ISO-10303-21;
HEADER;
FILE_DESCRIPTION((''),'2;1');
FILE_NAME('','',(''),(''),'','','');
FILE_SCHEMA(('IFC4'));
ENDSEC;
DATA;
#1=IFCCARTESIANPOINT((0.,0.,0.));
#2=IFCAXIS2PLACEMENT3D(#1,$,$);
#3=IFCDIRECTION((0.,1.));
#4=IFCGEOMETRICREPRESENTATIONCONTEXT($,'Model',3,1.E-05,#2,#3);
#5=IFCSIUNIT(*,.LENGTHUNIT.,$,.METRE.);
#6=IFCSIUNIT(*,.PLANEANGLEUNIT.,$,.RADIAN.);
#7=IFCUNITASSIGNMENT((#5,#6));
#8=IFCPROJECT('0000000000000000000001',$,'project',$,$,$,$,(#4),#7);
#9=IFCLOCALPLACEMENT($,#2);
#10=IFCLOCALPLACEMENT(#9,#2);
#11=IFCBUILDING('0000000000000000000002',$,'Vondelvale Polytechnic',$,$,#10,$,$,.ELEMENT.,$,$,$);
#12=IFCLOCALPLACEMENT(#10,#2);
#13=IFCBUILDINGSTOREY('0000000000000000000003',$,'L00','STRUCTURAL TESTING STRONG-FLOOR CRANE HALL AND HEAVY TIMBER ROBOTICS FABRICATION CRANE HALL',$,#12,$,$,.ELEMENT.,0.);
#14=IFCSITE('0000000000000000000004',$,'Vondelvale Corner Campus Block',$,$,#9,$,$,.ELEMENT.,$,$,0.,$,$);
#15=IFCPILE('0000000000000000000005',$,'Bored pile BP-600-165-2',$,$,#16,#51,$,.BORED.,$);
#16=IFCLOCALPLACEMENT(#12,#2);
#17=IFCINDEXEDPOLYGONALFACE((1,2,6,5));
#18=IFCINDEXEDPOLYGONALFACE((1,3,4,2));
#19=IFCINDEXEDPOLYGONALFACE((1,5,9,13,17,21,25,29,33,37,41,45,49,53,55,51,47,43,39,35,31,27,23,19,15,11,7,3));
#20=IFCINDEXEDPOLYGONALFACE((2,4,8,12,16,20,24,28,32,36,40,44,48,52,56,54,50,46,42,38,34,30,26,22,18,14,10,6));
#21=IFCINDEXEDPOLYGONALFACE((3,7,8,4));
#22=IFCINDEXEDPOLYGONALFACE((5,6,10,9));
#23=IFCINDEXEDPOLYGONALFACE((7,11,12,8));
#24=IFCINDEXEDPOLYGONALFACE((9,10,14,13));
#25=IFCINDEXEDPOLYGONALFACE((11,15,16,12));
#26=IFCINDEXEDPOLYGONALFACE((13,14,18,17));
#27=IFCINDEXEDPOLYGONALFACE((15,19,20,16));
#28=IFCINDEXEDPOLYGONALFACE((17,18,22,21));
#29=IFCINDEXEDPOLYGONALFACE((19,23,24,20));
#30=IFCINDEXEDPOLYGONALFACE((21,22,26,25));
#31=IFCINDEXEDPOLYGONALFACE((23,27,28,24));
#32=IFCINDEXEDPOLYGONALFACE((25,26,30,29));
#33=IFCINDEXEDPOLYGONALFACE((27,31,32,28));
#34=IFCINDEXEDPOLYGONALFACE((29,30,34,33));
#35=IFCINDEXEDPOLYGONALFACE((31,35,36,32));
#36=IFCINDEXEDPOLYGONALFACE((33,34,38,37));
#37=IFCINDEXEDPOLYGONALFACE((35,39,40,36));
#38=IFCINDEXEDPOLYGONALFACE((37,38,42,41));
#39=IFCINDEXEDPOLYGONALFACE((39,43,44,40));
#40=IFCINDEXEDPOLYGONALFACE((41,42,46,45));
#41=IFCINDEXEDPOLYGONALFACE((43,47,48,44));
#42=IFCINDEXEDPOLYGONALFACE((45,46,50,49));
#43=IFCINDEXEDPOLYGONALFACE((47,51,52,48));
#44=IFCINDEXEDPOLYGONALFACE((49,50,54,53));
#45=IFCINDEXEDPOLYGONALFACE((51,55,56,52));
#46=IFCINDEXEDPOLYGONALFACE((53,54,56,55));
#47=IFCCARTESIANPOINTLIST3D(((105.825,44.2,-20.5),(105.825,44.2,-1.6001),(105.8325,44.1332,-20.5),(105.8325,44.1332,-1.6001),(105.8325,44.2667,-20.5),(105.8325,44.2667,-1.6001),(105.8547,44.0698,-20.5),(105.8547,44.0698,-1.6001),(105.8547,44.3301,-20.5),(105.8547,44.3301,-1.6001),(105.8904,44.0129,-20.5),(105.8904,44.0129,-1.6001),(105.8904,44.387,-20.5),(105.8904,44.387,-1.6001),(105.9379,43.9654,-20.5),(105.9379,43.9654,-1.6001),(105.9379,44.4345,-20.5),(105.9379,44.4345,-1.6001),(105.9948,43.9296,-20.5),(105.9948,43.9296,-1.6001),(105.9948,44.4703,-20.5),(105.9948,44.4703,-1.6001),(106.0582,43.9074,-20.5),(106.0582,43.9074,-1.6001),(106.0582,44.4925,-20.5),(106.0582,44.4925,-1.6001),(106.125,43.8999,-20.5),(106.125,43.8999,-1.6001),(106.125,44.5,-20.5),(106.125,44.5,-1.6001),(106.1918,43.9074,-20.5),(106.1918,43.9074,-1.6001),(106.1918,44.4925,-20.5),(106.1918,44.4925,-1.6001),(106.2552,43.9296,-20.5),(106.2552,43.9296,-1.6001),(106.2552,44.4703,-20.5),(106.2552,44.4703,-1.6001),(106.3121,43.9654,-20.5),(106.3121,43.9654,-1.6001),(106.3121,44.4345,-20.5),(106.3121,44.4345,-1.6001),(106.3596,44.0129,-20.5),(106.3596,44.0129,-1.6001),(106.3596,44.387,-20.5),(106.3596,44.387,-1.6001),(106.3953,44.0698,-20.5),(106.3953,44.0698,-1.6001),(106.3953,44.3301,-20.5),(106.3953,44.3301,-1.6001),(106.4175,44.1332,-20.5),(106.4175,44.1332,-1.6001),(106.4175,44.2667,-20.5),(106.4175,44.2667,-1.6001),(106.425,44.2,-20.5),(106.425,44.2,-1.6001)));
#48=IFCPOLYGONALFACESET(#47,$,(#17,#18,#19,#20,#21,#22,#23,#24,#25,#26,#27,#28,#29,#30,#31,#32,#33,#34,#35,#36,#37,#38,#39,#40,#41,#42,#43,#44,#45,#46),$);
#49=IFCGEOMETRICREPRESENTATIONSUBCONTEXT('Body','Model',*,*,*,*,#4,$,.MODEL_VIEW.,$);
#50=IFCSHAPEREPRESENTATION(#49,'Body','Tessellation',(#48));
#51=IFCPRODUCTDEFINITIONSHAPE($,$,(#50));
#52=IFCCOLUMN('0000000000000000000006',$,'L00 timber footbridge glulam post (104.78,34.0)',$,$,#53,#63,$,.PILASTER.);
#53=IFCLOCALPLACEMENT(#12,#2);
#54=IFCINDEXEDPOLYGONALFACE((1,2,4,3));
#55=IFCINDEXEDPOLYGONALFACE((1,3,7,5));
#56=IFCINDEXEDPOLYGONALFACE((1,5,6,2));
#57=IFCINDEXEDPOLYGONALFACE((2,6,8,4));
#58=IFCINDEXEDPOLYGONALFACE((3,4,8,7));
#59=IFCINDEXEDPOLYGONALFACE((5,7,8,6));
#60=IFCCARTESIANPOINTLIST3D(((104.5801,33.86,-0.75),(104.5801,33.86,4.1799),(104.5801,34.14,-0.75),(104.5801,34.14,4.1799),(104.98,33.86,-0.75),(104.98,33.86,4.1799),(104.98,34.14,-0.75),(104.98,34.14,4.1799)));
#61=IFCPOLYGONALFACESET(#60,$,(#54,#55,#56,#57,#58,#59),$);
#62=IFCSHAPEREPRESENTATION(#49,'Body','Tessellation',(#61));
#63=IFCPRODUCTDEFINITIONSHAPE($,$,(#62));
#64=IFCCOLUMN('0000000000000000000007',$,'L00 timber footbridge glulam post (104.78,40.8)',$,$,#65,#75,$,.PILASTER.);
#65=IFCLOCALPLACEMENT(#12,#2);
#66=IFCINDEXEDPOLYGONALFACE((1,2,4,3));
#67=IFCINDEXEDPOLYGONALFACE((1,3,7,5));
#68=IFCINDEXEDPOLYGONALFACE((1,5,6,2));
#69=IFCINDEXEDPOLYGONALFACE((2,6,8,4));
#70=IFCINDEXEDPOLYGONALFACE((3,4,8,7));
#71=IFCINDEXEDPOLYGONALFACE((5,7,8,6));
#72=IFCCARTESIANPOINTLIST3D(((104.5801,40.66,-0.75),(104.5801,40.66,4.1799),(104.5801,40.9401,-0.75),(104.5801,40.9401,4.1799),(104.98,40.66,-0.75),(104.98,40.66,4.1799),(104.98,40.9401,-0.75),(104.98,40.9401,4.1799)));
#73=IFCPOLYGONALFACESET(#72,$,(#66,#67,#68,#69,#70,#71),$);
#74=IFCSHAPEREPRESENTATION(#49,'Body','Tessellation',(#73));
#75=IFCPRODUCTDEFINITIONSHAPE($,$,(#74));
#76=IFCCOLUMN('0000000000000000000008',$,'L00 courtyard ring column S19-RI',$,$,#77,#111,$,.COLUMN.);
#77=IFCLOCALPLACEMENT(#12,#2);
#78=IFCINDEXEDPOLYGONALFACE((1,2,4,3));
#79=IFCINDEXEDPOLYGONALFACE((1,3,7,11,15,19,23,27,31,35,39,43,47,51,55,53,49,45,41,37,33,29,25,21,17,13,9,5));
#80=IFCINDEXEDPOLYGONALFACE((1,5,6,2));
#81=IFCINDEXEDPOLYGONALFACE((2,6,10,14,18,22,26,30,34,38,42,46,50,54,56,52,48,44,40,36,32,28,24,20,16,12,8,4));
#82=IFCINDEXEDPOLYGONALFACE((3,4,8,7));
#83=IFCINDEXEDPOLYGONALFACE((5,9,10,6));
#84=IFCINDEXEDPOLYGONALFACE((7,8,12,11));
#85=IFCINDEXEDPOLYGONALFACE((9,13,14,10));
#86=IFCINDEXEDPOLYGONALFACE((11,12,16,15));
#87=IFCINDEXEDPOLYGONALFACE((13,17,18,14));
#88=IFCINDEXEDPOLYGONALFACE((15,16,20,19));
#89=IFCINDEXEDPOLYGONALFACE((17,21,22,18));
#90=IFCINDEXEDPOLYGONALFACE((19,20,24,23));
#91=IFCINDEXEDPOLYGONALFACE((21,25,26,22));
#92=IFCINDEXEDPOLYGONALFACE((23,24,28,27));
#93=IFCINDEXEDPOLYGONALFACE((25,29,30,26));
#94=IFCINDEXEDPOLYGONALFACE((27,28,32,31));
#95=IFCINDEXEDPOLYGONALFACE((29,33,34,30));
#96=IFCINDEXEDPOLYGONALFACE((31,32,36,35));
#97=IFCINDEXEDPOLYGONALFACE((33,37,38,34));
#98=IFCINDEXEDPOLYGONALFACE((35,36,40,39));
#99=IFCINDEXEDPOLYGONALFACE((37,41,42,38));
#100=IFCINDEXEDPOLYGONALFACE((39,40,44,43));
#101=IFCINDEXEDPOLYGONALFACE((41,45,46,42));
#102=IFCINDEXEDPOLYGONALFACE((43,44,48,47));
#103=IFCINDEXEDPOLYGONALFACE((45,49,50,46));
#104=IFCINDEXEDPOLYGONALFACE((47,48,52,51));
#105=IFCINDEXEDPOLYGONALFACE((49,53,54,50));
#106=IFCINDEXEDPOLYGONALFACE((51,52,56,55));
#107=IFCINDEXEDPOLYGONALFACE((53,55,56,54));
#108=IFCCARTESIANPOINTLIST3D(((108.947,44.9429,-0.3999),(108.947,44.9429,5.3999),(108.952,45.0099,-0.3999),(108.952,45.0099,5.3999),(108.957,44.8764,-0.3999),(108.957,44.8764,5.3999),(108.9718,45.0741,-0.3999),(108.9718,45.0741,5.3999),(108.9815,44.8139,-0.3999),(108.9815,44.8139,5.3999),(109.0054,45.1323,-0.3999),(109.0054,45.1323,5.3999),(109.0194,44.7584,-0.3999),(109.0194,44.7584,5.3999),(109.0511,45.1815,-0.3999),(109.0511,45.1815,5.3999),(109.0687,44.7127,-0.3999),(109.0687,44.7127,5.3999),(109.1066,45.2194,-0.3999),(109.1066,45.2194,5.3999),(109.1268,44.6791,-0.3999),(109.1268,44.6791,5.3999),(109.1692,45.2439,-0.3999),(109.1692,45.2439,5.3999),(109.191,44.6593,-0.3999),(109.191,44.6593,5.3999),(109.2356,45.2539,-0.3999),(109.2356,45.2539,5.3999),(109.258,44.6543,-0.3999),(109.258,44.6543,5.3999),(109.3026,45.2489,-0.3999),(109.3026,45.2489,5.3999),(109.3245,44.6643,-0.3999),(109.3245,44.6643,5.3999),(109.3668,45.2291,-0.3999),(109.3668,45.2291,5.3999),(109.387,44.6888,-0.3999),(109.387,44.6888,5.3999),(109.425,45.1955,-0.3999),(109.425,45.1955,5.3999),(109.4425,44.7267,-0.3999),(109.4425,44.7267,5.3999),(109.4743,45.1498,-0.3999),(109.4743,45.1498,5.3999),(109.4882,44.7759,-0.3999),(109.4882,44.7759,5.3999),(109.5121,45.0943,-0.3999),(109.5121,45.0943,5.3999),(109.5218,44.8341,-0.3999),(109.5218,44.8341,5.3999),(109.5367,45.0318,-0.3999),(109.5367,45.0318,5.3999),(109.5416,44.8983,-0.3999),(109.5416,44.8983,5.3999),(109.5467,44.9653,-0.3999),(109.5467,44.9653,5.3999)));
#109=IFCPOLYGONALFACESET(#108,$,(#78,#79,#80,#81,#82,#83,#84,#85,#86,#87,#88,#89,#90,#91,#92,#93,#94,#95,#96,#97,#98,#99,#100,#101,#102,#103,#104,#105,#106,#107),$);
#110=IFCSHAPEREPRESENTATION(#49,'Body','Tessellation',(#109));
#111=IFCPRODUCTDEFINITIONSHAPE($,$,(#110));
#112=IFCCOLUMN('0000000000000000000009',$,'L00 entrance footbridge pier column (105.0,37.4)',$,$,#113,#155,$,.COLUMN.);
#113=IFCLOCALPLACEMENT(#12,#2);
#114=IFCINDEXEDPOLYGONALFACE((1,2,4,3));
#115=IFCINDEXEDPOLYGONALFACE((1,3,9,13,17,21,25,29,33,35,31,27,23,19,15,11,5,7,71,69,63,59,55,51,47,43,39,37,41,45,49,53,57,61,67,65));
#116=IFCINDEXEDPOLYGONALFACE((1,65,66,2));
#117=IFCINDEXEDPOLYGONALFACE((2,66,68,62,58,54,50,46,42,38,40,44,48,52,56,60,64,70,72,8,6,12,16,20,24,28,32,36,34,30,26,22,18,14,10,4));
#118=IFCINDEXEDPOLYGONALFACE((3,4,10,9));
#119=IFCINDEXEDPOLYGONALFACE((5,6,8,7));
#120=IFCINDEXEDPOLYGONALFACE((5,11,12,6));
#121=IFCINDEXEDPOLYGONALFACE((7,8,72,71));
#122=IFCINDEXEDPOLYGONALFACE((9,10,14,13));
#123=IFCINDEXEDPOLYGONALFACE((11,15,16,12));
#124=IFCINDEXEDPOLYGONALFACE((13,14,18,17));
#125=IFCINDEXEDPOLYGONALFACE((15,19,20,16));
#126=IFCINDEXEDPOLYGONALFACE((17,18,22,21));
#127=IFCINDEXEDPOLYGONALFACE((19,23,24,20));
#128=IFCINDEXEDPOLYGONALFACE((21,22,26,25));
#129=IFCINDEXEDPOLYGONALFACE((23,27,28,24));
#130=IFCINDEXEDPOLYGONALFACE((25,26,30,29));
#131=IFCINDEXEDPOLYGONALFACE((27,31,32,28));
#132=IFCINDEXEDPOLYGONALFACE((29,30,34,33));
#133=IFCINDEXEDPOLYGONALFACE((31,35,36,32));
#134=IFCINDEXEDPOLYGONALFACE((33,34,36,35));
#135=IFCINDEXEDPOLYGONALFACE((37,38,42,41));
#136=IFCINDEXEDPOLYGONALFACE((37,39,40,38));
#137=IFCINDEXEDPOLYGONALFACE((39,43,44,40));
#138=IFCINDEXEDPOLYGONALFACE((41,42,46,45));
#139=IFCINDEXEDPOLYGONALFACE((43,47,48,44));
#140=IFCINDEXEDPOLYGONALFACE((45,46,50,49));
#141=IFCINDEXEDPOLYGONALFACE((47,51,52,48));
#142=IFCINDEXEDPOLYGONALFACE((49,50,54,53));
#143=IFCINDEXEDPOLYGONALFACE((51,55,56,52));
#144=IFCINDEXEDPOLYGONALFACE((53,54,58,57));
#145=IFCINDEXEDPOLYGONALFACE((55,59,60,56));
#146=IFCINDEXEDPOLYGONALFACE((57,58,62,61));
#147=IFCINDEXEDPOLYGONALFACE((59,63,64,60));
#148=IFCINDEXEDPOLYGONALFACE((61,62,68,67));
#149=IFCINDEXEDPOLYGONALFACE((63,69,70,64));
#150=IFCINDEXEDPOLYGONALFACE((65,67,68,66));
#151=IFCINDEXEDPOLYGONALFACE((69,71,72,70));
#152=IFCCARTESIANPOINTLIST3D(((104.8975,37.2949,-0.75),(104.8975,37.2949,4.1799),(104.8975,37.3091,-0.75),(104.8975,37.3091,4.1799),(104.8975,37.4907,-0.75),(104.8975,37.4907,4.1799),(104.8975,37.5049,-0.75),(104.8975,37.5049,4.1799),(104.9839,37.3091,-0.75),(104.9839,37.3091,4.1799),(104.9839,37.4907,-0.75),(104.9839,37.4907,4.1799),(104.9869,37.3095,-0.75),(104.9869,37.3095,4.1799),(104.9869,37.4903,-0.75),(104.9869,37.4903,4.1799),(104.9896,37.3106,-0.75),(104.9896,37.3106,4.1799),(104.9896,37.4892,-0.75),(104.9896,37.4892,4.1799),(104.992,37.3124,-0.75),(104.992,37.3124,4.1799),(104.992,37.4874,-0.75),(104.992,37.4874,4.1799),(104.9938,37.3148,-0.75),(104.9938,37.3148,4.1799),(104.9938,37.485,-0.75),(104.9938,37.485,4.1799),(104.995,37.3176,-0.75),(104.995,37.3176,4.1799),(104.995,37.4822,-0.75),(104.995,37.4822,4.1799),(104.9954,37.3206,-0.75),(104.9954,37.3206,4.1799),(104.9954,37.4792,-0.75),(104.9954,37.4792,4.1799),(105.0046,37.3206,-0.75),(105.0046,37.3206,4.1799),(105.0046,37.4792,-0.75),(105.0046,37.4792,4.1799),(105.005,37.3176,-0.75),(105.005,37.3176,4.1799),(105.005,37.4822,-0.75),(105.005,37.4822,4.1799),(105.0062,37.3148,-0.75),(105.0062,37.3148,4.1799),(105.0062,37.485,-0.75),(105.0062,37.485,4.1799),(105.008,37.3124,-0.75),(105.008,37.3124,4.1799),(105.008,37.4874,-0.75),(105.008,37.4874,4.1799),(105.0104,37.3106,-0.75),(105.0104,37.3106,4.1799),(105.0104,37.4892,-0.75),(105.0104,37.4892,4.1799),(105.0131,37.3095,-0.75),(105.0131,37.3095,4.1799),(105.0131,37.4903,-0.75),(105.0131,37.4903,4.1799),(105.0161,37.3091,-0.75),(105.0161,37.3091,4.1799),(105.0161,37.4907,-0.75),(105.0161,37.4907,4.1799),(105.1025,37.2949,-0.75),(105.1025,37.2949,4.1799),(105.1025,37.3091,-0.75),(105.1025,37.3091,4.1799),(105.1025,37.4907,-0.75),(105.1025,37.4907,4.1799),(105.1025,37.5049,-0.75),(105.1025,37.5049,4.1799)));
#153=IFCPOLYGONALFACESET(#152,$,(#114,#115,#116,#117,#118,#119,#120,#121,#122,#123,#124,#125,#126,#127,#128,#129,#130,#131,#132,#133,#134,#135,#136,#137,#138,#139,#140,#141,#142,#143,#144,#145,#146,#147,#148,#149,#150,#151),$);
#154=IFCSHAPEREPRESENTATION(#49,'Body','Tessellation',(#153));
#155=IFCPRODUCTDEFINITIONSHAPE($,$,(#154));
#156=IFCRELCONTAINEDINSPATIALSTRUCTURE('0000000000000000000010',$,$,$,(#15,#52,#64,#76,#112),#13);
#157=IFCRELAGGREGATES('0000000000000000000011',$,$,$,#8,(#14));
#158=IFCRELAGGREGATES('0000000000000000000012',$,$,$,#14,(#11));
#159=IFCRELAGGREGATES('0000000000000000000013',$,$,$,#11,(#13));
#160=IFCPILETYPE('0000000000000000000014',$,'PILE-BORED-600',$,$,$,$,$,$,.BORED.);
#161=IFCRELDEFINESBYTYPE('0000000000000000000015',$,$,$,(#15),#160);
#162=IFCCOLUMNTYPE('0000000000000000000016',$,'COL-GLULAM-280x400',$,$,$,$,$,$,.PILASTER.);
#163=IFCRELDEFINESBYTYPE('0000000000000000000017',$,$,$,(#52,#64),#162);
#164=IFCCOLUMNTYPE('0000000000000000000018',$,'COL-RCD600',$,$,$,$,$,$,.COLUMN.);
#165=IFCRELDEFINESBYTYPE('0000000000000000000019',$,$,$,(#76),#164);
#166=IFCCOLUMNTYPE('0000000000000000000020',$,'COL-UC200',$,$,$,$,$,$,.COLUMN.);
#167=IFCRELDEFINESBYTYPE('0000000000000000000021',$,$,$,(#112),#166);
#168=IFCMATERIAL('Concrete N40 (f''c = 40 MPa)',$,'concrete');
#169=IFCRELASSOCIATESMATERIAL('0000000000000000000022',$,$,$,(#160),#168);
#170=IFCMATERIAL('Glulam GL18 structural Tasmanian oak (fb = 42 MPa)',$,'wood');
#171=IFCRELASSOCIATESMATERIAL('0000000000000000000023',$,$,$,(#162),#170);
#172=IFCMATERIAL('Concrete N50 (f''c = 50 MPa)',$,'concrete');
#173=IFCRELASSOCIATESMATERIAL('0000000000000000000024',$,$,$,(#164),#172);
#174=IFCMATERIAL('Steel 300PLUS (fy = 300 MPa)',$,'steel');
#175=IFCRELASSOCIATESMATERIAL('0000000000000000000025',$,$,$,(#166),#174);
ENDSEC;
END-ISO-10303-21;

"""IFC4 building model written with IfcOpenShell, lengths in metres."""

from ifc_helpers import new_model, si_unit, direction, frame, origin, origin_2d, place, context, subcontext, project, spatial, rectangle, circle, i_section, extrude, material, material_profile, profile_set, type_object, element, save


model = new_model("IFC4")

# Units and contexts
model_context = context("Model", 3, precision=1e-05, world=origin(), true_north=direction((0.0, 1.0)))
body_context = subcontext(model_context, "Body", "Model", "MODEL_VIEW")
ifc_project = project(units=[si_unit("LENGTHUNIT", "METRE"), si_unit("PLANEANGLEUNIT", "RADIAN")], contexts=[model_context])

# Site, building, storey
site_placement = place(None, origin())
site = spatial("IfcSite", under=ifc_project, at=site_placement, Name="Vondelvale Corner Campus Block", CompositionType="ELEMENT", RefElevation=0.0)
building_placement = place(site_placement, origin())
building = spatial("IfcBuilding", under=site, at=building_placement, Name="Vondelvale Polytechnic", CompositionType="ELEMENT")
storey_placement = place(building_placement, origin())
storey = spatial("IfcBuildingStorey", under=building, at=storey_placement, Name="L00", Description="STRUCTURAL TESTING STRONG-FLOOR CRANE HALL AND HEAVY TIMBER ROBOTICS FABRICATION CRANE HALL", CompositionType="ELEMENT", Elevation=0.0)

# Shared definitions
ifc_material_1 = material(Name="Concrete N40 (f'c = 40 MPa)", Category="concrete")

# Pile
ifc_material_profile_1 = material_profile(ifc_material_1, circle(Radius=0.3, at=origin_2d()), Name="PILE-D600")
ifc_profile_set_1 = profile_set([ifc_material_profile_1], Name="Concrete N40 (f'c = 40 MPa)")
pile_type = type_object("IfcPileType", Name="PILE-BORED-600", PredefinedType="BORED", material=ifc_profile_set_1)
for number, where, z_axis, x_axis, name in (
    (1, (106.125, 44.2, -1.6001), (0.0, 0.0, -1.0), (1.0, 0.0, 0.0), "Bored pile BP-600-165-2"),
):
    element("IfcPile", number, at=place(storey_placement, frame(where, z_axis=z_axis, x_axis=x_axis)), inside=storey, type_object=pile_type, Name=name, PredefinedType="BORED", context=body_context, shape_type="SweptSolid", body=[
        extrude(circle(Radius=0.3, at=origin_2d()), origin(), (0.0, 0.0, 1.0), 18.8999),
    ])

# Columns
ifc_material_2 = material(Name="Glulam GL18 structural Tasmanian oak (fb = 42 MPa)", Category="wood")
ifc_material_profile_2 = material_profile(ifc_material_2, rectangle(XDim=0.28, YDim=0.3999, at=origin_2d()), Name="GL-POST-280x400")
ifc_profile_set_2 = profile_set([ifc_material_profile_2], Name="Glulam GL18 structural Tasmanian oak (fb = 42 MPa)")
column_type_1 = type_object("IfcColumnType", Name="COL-GLULAM-280x400", PredefinedType="PILASTER", material=ifc_profile_set_2)
for number, where, z_axis, x_axis, name in (
    (2, (104.78, 34.0, -0.75), (0.0, 0.0, 1.0), (0.0, 1.0, 0.0), "L00 timber footbridge glulam post (104.78,34.0)"),
    (3, (104.78, 40.8, -0.75), (0.0, 0.0, 1.0), (0.0, 1.0, 0.0), "L00 timber footbridge glulam post (104.78,40.8)"),
):
    element("IfcColumn", number, at=place(storey_placement, frame(where, z_axis=z_axis, x_axis=x_axis)), inside=storey, type_object=column_type_1, Name=name, PredefinedType="PILASTER", context=body_context, shape_type="SweptSolid", body=[
        extrude(rectangle(XDim=0.28, YDim=0.3999, at=origin_2d()), origin(), (0.0, 0.0, 1.0), 4.9299),
    ])
ifc_material_3 = material(Name="Concrete N50 (f'c = 50 MPa)", Category="concrete")
ifc_material_profile_3 = material_profile(ifc_material_3, circle(Radius=0.3, at=origin_2d()), Name="RC-COL-D600")
ifc_profile_set_3 = profile_set([ifc_material_profile_3], Name="Concrete N50 (f'c = 50 MPa)")
column_type_2 = type_object("IfcColumnType", Name="COL-RCD600", PredefinedType="COLUMN", material=ifc_profile_set_3)
column_placement = place(storey_placement, frame((109.2468, 44.9541, -0.3999), z_axis=(0.0, 0.0, 1.0), x_axis=(-0.258819, 0.965926, 0.0)))
element("IfcColumn", 4, at=column_placement, inside=storey, type_object=column_type_2, Name="L00 courtyard ring column S19-RI", PredefinedType="COLUMN", context=body_context, shape_type="SweptSolid", body=[
    extrude(circle(Radius=0.3, at=origin_2d()), origin(), (0.0, 0.0, 1.0), 5.7998),
])
ifc_material_4 = material(Name="Steel 300PLUS (fy = 300 MPa)", Category="steel")
ifc_material_profile_4 = material_profile(ifc_material_4, i_section(OverallWidth=0.2051, OverallDepth=0.21, WebThickness=0.0093, FlangeThickness=0.0142, FilletRadius=0.0115, at=origin_2d()), Name="200UC59.5")
ifc_profile_set_4 = profile_set([ifc_material_profile_4], Name="Steel 300PLUS (fy = 300 MPa)")
column_type_3 = type_object("IfcColumnType", Name="COL-UC200", PredefinedType="COLUMN", material=ifc_profile_set_4)
for number, where, z_axis, x_axis, name in (
    (5, (105.0, 37.3999, -0.75), (0.0, 0.0, 1.0), (1.0, 0.0, 0.0), "L00 entrance footbridge pier column (105.0,37.4)"),
):
    element("IfcColumn", number, at=place(storey_placement, frame(where, z_axis=z_axis, x_axis=x_axis)), inside=storey, type_object=column_type_3, Name=name, PredefinedType="COLUMN", context=body_context, shape_type="SweptSolid", body=[
        extrude(i_section(OverallWidth=0.2051, OverallDepth=0.21, WebThickness=0.0093, FlangeThickness=0.0142, FilletRadius=0.0115, at=origin_2d()), origin(), (0.0, 0.0, 1.0), 4.9299),
    ])

save(model, "model.ifc")
